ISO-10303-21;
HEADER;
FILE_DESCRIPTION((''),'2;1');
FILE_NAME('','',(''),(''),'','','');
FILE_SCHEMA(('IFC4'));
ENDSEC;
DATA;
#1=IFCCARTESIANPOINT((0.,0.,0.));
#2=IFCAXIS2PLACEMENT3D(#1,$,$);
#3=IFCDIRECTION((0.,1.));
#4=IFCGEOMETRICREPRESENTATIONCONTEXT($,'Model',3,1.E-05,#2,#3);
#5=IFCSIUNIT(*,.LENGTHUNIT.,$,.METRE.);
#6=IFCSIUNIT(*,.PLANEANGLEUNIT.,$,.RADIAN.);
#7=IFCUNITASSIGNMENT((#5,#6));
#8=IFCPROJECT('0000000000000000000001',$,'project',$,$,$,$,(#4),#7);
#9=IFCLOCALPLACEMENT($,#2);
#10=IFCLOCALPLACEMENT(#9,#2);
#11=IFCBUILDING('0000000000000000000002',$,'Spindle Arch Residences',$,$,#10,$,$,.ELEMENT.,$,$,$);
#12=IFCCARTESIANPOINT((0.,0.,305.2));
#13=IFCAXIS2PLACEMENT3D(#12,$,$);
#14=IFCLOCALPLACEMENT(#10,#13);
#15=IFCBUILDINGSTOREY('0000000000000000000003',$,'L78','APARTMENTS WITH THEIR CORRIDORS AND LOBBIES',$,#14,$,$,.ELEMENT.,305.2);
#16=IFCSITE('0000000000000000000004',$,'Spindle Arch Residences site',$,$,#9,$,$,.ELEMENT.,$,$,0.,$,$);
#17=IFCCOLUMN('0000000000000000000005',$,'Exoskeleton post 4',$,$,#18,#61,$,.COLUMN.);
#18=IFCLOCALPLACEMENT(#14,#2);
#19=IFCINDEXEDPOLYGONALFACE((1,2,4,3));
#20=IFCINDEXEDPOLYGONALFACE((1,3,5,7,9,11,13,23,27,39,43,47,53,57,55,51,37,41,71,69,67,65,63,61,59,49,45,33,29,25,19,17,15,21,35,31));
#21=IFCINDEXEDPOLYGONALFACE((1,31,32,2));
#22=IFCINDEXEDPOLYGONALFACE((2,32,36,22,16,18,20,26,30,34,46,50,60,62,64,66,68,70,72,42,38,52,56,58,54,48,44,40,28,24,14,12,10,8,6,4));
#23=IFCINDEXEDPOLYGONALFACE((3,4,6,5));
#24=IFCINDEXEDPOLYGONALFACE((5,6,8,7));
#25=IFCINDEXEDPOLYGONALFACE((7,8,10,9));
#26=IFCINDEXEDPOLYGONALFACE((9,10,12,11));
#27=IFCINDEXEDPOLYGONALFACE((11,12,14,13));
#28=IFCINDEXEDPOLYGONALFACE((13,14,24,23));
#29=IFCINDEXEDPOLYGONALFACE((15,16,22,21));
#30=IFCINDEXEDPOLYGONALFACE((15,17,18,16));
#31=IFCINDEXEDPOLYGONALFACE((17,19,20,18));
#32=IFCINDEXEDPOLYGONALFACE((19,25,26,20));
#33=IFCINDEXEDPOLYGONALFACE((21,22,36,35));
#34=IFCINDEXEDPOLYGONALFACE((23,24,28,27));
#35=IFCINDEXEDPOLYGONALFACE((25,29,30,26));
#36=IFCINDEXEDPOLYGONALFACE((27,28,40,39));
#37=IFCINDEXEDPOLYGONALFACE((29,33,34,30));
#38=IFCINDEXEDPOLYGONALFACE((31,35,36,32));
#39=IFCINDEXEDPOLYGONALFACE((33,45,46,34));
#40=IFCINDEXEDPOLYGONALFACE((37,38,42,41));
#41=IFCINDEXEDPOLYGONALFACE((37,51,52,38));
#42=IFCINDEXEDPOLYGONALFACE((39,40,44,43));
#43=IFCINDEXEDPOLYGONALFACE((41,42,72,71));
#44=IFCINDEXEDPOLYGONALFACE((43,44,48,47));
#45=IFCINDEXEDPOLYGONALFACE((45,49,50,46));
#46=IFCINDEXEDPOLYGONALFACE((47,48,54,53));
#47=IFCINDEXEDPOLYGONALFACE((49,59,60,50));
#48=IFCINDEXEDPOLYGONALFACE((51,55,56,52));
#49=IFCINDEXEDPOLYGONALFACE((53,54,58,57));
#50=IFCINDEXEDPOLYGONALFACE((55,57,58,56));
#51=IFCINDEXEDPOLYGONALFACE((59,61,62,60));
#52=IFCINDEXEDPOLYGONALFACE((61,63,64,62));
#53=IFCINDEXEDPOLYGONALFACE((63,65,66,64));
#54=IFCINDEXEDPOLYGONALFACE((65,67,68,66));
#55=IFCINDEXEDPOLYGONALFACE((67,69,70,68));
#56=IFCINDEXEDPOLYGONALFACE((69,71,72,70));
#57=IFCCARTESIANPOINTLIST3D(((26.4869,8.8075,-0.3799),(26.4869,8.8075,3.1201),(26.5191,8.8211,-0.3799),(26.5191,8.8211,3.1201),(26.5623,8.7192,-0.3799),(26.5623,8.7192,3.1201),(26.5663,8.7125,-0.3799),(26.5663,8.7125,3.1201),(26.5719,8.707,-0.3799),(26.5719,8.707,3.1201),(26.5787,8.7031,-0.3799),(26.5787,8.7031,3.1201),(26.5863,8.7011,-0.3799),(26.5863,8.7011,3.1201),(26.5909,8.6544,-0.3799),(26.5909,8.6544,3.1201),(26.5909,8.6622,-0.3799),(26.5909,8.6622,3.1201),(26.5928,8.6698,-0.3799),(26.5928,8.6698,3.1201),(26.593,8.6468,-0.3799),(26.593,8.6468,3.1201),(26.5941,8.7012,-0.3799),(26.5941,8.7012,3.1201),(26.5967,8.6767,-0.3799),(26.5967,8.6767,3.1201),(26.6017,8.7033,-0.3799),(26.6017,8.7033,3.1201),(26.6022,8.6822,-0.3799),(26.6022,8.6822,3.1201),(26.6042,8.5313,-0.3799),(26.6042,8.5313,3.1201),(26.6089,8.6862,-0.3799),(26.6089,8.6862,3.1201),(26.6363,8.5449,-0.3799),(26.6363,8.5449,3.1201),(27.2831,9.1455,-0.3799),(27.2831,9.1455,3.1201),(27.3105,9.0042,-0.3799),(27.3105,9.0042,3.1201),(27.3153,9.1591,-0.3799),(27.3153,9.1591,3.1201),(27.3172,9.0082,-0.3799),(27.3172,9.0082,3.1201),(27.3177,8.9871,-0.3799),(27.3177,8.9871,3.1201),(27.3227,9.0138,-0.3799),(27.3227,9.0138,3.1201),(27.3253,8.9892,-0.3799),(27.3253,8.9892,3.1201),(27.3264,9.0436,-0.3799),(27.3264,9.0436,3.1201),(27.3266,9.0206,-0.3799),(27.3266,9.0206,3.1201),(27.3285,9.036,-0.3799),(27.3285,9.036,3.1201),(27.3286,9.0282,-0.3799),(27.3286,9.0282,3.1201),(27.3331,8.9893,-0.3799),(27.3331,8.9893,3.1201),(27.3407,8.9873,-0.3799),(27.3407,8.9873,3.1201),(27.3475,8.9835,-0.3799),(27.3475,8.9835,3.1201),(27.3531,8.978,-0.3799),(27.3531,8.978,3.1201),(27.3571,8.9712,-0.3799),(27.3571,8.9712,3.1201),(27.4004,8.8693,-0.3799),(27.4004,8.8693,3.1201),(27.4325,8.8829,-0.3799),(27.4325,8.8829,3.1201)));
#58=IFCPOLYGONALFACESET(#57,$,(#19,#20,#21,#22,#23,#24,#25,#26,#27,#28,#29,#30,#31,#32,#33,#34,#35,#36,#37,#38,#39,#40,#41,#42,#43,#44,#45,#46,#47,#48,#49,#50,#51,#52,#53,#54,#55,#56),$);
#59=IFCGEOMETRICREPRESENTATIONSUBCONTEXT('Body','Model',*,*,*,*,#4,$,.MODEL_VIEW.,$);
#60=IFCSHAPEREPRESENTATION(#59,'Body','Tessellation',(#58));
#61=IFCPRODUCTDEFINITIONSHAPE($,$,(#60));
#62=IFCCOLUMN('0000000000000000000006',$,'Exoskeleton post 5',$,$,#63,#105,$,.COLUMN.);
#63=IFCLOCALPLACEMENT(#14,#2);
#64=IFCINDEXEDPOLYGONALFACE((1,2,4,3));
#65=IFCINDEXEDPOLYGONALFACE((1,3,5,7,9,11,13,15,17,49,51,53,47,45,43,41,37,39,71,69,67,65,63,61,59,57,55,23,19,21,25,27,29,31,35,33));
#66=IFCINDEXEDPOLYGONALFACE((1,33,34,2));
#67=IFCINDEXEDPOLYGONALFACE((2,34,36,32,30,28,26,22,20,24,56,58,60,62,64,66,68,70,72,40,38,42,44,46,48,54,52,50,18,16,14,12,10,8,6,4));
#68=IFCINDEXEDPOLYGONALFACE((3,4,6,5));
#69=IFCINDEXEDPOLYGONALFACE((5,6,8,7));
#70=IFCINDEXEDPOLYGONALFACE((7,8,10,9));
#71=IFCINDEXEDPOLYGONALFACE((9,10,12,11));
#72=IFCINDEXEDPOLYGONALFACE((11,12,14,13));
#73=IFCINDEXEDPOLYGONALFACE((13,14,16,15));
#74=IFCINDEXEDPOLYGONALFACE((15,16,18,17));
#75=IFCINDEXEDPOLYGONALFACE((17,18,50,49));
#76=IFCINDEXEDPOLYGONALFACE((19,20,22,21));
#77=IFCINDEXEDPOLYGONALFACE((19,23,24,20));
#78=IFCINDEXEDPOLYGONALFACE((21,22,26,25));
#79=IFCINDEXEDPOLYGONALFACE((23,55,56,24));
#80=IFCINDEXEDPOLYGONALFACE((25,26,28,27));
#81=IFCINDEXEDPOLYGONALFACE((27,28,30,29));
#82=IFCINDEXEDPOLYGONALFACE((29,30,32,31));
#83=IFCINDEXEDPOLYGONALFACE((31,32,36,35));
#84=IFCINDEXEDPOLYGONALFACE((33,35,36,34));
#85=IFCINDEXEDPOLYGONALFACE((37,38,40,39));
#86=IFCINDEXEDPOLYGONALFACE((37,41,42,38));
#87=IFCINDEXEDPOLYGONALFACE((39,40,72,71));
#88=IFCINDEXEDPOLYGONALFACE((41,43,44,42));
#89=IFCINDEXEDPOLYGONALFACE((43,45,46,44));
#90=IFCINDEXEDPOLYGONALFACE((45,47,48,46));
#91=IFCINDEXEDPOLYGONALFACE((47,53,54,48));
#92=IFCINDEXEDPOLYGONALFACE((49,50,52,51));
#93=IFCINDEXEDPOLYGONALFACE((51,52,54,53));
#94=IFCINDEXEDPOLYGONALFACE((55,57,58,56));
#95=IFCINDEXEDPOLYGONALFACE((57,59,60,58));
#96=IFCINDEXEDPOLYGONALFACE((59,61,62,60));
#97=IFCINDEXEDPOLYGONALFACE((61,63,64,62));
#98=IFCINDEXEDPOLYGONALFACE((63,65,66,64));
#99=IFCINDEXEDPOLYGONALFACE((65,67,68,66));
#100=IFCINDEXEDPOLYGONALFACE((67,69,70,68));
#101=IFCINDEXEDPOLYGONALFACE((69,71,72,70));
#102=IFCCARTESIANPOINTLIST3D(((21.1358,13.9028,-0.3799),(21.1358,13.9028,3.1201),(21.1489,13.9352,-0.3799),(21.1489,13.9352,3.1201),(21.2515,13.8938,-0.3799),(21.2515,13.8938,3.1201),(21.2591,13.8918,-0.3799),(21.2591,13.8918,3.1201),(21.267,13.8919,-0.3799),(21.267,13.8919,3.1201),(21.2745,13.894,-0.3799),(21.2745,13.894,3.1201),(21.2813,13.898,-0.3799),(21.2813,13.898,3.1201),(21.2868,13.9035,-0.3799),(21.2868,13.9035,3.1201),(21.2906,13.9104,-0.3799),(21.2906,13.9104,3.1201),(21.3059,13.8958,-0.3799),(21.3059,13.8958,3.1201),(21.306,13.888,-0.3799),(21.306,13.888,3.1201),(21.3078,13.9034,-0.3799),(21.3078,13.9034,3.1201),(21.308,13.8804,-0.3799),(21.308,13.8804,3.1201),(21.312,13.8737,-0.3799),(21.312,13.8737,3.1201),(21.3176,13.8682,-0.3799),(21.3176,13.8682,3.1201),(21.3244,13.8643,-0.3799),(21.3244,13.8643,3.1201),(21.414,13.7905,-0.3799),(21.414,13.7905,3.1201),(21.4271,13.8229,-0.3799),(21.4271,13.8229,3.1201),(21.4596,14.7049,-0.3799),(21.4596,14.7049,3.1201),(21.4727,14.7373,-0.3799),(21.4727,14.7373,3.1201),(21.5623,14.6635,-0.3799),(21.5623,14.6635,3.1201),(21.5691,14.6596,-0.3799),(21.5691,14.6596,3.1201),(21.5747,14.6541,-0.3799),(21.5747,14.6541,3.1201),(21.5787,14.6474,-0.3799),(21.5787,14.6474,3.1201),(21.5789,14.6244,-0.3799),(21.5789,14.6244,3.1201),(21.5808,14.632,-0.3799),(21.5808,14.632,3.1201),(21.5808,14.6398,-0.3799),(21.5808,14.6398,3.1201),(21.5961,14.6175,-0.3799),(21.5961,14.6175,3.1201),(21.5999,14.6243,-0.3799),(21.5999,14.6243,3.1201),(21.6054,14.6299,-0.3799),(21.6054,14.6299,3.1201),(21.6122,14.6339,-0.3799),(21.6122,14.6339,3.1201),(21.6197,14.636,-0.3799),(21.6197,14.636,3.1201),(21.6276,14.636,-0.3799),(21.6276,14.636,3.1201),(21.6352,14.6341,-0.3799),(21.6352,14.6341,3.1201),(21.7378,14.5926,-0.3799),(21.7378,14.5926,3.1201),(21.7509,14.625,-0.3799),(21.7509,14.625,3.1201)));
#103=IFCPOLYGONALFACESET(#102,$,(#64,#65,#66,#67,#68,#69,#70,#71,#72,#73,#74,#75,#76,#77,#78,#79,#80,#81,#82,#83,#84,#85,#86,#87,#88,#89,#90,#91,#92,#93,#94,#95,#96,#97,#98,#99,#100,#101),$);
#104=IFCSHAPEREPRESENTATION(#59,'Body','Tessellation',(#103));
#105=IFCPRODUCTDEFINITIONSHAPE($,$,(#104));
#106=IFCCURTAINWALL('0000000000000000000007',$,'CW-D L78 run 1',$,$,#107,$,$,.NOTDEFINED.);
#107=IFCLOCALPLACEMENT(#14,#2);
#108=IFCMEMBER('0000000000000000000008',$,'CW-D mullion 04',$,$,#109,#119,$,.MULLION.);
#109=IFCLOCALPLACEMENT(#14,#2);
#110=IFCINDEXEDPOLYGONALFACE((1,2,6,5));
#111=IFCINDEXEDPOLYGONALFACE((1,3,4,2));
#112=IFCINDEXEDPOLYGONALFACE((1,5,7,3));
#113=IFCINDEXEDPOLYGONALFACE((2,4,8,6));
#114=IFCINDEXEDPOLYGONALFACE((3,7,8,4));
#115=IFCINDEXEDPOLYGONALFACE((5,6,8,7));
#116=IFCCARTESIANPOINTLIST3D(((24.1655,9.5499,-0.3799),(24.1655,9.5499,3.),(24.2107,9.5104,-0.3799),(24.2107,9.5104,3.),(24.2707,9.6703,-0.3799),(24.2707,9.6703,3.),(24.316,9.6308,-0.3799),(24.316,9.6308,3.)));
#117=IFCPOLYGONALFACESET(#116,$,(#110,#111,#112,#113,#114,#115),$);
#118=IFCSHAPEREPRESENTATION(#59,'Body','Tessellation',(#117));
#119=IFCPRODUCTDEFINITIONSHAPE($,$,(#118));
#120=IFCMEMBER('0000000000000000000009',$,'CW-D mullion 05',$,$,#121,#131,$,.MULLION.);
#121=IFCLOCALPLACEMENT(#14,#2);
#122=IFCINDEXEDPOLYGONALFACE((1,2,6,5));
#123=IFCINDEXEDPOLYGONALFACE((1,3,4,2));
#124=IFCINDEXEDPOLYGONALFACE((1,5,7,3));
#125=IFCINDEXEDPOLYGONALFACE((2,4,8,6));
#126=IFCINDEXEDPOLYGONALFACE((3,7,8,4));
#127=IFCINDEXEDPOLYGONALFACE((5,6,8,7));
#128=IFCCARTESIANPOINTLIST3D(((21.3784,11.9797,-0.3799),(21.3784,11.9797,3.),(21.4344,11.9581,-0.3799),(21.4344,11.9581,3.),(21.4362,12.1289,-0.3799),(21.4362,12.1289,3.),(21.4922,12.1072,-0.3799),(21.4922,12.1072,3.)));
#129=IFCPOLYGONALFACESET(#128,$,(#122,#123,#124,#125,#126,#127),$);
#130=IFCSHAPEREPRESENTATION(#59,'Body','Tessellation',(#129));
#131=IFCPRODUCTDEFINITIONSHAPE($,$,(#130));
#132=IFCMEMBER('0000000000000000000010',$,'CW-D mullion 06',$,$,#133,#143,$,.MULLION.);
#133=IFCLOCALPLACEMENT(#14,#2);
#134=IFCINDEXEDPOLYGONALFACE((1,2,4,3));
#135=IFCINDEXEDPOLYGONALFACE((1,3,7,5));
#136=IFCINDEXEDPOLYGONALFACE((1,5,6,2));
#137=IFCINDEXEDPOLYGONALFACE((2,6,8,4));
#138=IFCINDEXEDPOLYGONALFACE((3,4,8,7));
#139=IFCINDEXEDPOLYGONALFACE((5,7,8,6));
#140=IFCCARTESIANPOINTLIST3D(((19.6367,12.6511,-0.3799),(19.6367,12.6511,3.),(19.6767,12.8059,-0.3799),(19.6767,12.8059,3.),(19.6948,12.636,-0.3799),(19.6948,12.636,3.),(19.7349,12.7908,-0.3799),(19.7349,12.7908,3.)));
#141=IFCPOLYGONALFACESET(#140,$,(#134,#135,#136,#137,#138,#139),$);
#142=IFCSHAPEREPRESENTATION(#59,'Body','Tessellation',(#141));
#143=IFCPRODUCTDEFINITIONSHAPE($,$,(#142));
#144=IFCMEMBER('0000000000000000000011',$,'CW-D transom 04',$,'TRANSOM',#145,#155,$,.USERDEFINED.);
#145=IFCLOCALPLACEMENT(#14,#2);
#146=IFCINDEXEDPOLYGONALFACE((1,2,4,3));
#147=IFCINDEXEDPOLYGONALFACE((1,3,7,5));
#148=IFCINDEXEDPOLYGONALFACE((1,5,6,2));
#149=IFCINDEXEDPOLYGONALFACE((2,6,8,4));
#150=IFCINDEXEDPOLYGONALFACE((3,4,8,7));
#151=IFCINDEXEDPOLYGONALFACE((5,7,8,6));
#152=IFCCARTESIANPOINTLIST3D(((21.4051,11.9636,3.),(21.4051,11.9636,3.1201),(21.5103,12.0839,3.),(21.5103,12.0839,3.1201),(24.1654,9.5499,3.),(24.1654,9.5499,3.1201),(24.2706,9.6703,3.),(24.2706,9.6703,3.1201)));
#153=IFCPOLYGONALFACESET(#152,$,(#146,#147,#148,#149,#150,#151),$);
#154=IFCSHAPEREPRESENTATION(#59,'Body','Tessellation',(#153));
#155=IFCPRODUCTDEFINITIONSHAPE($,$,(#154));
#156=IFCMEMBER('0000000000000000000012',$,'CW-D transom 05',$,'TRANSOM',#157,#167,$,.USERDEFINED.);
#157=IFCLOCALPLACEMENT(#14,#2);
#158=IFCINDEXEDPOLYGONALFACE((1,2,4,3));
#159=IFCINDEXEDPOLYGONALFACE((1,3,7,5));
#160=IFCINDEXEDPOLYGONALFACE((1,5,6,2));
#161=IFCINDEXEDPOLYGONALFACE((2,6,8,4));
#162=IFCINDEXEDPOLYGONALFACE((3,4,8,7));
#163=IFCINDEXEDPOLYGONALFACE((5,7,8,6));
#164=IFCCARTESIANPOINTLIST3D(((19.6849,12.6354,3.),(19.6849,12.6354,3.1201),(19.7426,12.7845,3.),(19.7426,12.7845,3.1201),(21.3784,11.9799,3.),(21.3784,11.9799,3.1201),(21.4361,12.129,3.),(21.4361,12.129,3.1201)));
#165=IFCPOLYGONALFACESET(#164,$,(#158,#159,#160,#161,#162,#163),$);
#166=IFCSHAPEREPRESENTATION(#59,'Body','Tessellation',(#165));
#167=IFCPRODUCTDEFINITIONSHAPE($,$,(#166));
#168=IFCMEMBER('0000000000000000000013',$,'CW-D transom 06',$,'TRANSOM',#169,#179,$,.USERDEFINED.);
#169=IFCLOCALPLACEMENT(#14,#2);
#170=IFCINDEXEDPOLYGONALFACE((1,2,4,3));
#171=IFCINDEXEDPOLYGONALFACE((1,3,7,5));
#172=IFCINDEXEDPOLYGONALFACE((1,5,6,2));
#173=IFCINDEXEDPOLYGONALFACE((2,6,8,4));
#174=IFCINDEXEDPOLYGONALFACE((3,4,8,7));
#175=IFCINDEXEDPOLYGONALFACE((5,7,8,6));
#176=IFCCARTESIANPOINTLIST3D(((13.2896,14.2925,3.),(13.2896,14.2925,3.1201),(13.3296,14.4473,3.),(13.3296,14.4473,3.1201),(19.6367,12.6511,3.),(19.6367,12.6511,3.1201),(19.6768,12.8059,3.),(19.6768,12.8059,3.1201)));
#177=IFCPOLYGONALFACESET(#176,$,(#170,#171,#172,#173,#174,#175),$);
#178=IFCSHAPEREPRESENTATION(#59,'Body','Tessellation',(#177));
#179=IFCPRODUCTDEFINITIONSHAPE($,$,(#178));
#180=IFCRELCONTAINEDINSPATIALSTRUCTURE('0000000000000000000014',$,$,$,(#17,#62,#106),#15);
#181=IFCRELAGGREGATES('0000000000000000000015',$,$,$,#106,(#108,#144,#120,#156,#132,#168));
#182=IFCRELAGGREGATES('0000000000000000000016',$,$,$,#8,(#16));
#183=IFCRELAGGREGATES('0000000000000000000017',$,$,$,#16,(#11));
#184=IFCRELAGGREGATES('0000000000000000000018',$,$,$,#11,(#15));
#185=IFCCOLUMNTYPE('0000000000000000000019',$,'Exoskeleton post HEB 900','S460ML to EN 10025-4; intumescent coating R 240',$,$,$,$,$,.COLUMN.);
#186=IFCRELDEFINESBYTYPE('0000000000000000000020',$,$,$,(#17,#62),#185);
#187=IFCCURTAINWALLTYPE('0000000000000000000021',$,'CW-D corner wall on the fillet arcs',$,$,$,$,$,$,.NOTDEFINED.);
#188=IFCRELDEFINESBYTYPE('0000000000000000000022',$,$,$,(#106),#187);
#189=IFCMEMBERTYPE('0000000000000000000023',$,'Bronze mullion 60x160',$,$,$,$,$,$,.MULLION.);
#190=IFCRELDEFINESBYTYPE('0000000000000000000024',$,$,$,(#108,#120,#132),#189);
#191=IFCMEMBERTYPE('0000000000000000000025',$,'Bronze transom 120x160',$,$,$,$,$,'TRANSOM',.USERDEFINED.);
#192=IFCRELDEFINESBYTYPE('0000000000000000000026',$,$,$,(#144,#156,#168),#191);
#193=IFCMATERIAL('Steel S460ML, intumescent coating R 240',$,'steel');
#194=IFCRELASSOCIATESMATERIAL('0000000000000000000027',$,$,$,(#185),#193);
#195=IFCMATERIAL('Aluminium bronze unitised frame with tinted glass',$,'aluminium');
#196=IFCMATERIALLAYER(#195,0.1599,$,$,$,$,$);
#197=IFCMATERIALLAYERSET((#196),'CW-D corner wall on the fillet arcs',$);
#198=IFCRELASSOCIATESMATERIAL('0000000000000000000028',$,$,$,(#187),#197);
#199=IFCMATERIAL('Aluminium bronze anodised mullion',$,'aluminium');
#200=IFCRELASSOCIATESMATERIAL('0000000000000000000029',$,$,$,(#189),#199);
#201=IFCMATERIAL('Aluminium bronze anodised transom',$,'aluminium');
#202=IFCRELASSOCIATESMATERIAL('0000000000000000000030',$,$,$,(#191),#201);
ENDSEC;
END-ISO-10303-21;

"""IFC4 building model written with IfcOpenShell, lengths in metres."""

from ifc_helpers import new_model, si_unit, direction, frame, origin, origin_2d, place, context, subcontext, project, spatial, rectangle, i_section, extrude, material, layer, layer_set, material_profile, profile_set, type_object, element, aggregate, save


model = new_model("IFC4")

# Units and contexts
model_context = context("Model", 3, precision=1e-05, world=origin(), true_north=direction((0.0, 1.0)))
body_context = subcontext(model_context, "Body", "Model", "MODEL_VIEW")
ifc_project = project(units=[si_unit("LENGTHUNIT", "METRE"), si_unit("PLANEANGLEUNIT", "RADIAN")], contexts=[model_context])

# Site, building, storey
site_placement = place(None, origin())
site = spatial("IfcSite", under=ifc_project, at=site_placement, Name="Spindle Arch Residences site", CompositionType="ELEMENT", RefElevation=0.0)
building_placement = place(site_placement, origin())
building = spatial("IfcBuilding", under=site, at=building_placement, Name="Spindle Arch Residences", CompositionType="ELEMENT")
storey_placement = place(building_placement, frame((0.0, 0.0, 305.2)))
storey = spatial("IfcBuildingStorey", under=building, at=storey_placement, Name="L78", Description="APARTMENTS WITH THEIR CORRIDORS AND LOBBIES", CompositionType="ELEMENT", Elevation=305.2)

# Columns
ifc_material_1 = material(Name="Steel S460ML, intumescent coating R 240", Category="steel")
ifc_material_profile_1 = material_profile(ifc_material_1, i_section(OverallWidth=0.3, OverallDepth=0.8999, WebThickness=0.0186, FlangeThickness=0.0349, FilletRadius=0.03, at=origin_2d()), Name="HEB 900")
ifc_profile_set_1 = profile_set([ifc_material_profile_1], Name="Steel S460ML, intumescent coating R 240")
column_type = type_object("IfcColumnType", Name="Exoskeleton post HEB 900", Description="S460ML to EN 10025-4; intumescent coating R 240", PredefinedType="COLUMN", material=ifc_profile_set_1)
for number, where, z_axis, x_axis, name in (
    (1, (26.9597, 8.8452, -0.3799), (0.0, 0.0, 1.0), (0.39077, -0.920488, 0.0), "Exoskeleton post 4"),
    (2, (21.4434, 14.2639, -0.3799), (0.0, 0.0, 1.0), (0.927295, -0.374332, 0.0), "Exoskeleton post 5"),
):
    element("IfcColumn", number, at=place(storey_placement, frame(where, z_axis=z_axis, x_axis=x_axis)), inside=storey, type_object=column_type, Name=name, PredefinedType="COLUMN", context=body_context, shape_type="SweptSolid", body=[
        extrude(i_section(OverallWidth=0.3, OverallDepth=0.8999, WebThickness=0.0186, FlangeThickness=0.0349, FilletRadius=0.03, at=origin_2d()), origin(), (0.0, 0.0, 1.0), 3.5),
    ])

# Curtain wall, members
ifc_material_2 = material(Name="Aluminium bronze unitised frame with tinted glass", Category="aluminium")
ifc_layer_1 = layer(ifc_material_2, 0.1599)
ifc_layer_set_1 = layer_set([ifc_layer_1], Name="CW-D corner wall on the fillet arcs")
curtain_wall_type = type_object("IfcCurtainWallType", Name="CW-D corner wall on the fillet arcs", PredefinedType="NOTDEFINED", material=ifc_layer_set_1)
curtain_wall_placement = place(storey_placement, origin())
curtain_wall = element("IfcCurtainWall", 3, at=curtain_wall_placement, inside=storey, type_object=curtain_wall_type, Name="CW-D L78 run 1", PredefinedType="NOTDEFINED")
ifc_material_3 = material(Name="Aluminium bronze anodised mullion", Category="aluminium")
ifc_material_profile_2 = material_profile(ifc_material_3, rectangle(XDim=0.1599, YDim=0.0601, at=origin_2d()), Name="MU 60x160")
ifc_profile_set_2 = profile_set([ifc_material_profile_2], Name="Aluminium bronze anodised mullion")
member_type_1 = type_object("IfcMemberType", Name="Bronze mullion 60x160", PredefinedType="MULLION", material=ifc_profile_set_2)
member_1_placement = place(storey_placement, frame((24.2407, 9.5903, -0.3799), z_axis=(0.0, 0.0, 1.0), x_axis=(-0.658252, -0.752798, 0.0)))
member_1 = element("IfcMember", 4, at=member_1_placement, type_object=member_type_1, Name="CW-D mullion 04", PredefinedType="MULLION", context=body_context, shape_type="SweptSolid", body=[
    extrude(rectangle(XDim=0.1599, YDim=0.0601, at=origin_2d()), origin(), (0.0, 0.0, 1.0), 3.3799),
])
member_2_placement = place(storey_placement, frame((21.4353, 12.0435, -0.3799), z_axis=(0.0, 0.0, 1.0), x_axis=(-0.361082, -0.932534, 0.0)))
member_2 = element("IfcMember", 5, at=member_2_placement, type_object=member_type_1, Name="CW-D mullion 05", PredefinedType="MULLION", context=body_context, shape_type="SweptSolid", body=[
    extrude(rectangle(XDim=0.1599, YDim=0.0601, at=origin_2d()), origin(), (0.0, 0.0, 1.0), 3.3799),
])
member_3_placement = place(storey_placement, frame((19.6858, 12.7209, -0.3799), z_axis=(0.0, 0.0, 1.0), x_axis=(-0.25038, -0.968148, 0.0)))
member_3 = element("IfcMember", 6, at=member_3_placement, type_object=member_type_1, Name="CW-D mullion 06", PredefinedType="MULLION", context=body_context, shape_type="SweptSolid", body=[
    extrude(rectangle(XDim=0.1599, YDim=0.0601, at=origin_2d()), origin(), (0.0, 0.0, 1.0), 3.3799),
])
ifc_material_4 = material(Name="Aluminium bronze anodised transom", Category="aluminium")
ifc_material_profile_3 = material_profile(ifc_material_4, rectangle(XDim=0.1599, YDim=0.1201, at=origin_2d()), Name="TR 120x160")
ifc_profile_set_3 = profile_set([ifc_material_profile_3], Name="Aluminium bronze anodised transom")
member_type_2 = type_object("IfcMemberType", Name="Bronze transom 120x160", ElementType="TRANSOM", PredefinedType="USERDEFINED", material=ifc_profile_set_3)
member_4_placement = place(storey_placement, frame((24.218, 9.6101, 3.0601), z_axis=(-0.752799, 0.65825, 0.0), x_axis=(-0.65825, -0.752799, 0.0)))
member_4 = element("IfcMember", 7, at=member_4_placement, type_object=member_type_2, Name="CW-D transom 04", ObjectType="TRANSOM", PredefinedType="USERDEFINED", context=body_context, shape_type="SweptSolid", body=[
    extrude(rectangle(XDim=0.1599, YDim=0.1201, at=origin_2d()), origin(), (0.0, 0.0, 1.0), 3.6667),
])
member_5_placement = place(storey_placement, frame((21.4072, 12.0544, 3.0601), z_axis=(-0.932581, 0.36096, 0.0), x_axis=(-0.36096, -0.932581, 0.0)))
member_5 = element("IfcMember", 8, at=member_5_placement, type_object=member_type_2, Name="CW-D transom 05", ObjectType="TRANSOM", PredefinedType="USERDEFINED", context=body_context, shape_type="SweptSolid", body=[
    extrude(rectangle(XDim=0.1599, YDim=0.1201, at=origin_2d()), origin(), (0.0, 0.0, 1.0), 1.8159),
])
member_6_placement = place(storey_placement, frame((19.6567, 12.7285, 3.0601), z_axis=(-0.968153, 0.250361, 0.0), x_axis=(-0.250361, -0.968153, 0.0)))
member_6 = element("IfcMember", 9, at=member_6_placement, type_object=member_type_2, Name="CW-D transom 06", ObjectType="TRANSOM", PredefinedType="USERDEFINED", context=body_context, shape_type="SweptSolid", body=[
    extrude(rectangle(XDim=0.1599, YDim=0.1201, at=origin_2d()), origin(), (0.0, 0.0, 1.0), 6.5559),
])

aggregate(curtain_wall, [member_1, member_4, member_2, member_5, member_3, member_6])

save(model, "model.ifc")
